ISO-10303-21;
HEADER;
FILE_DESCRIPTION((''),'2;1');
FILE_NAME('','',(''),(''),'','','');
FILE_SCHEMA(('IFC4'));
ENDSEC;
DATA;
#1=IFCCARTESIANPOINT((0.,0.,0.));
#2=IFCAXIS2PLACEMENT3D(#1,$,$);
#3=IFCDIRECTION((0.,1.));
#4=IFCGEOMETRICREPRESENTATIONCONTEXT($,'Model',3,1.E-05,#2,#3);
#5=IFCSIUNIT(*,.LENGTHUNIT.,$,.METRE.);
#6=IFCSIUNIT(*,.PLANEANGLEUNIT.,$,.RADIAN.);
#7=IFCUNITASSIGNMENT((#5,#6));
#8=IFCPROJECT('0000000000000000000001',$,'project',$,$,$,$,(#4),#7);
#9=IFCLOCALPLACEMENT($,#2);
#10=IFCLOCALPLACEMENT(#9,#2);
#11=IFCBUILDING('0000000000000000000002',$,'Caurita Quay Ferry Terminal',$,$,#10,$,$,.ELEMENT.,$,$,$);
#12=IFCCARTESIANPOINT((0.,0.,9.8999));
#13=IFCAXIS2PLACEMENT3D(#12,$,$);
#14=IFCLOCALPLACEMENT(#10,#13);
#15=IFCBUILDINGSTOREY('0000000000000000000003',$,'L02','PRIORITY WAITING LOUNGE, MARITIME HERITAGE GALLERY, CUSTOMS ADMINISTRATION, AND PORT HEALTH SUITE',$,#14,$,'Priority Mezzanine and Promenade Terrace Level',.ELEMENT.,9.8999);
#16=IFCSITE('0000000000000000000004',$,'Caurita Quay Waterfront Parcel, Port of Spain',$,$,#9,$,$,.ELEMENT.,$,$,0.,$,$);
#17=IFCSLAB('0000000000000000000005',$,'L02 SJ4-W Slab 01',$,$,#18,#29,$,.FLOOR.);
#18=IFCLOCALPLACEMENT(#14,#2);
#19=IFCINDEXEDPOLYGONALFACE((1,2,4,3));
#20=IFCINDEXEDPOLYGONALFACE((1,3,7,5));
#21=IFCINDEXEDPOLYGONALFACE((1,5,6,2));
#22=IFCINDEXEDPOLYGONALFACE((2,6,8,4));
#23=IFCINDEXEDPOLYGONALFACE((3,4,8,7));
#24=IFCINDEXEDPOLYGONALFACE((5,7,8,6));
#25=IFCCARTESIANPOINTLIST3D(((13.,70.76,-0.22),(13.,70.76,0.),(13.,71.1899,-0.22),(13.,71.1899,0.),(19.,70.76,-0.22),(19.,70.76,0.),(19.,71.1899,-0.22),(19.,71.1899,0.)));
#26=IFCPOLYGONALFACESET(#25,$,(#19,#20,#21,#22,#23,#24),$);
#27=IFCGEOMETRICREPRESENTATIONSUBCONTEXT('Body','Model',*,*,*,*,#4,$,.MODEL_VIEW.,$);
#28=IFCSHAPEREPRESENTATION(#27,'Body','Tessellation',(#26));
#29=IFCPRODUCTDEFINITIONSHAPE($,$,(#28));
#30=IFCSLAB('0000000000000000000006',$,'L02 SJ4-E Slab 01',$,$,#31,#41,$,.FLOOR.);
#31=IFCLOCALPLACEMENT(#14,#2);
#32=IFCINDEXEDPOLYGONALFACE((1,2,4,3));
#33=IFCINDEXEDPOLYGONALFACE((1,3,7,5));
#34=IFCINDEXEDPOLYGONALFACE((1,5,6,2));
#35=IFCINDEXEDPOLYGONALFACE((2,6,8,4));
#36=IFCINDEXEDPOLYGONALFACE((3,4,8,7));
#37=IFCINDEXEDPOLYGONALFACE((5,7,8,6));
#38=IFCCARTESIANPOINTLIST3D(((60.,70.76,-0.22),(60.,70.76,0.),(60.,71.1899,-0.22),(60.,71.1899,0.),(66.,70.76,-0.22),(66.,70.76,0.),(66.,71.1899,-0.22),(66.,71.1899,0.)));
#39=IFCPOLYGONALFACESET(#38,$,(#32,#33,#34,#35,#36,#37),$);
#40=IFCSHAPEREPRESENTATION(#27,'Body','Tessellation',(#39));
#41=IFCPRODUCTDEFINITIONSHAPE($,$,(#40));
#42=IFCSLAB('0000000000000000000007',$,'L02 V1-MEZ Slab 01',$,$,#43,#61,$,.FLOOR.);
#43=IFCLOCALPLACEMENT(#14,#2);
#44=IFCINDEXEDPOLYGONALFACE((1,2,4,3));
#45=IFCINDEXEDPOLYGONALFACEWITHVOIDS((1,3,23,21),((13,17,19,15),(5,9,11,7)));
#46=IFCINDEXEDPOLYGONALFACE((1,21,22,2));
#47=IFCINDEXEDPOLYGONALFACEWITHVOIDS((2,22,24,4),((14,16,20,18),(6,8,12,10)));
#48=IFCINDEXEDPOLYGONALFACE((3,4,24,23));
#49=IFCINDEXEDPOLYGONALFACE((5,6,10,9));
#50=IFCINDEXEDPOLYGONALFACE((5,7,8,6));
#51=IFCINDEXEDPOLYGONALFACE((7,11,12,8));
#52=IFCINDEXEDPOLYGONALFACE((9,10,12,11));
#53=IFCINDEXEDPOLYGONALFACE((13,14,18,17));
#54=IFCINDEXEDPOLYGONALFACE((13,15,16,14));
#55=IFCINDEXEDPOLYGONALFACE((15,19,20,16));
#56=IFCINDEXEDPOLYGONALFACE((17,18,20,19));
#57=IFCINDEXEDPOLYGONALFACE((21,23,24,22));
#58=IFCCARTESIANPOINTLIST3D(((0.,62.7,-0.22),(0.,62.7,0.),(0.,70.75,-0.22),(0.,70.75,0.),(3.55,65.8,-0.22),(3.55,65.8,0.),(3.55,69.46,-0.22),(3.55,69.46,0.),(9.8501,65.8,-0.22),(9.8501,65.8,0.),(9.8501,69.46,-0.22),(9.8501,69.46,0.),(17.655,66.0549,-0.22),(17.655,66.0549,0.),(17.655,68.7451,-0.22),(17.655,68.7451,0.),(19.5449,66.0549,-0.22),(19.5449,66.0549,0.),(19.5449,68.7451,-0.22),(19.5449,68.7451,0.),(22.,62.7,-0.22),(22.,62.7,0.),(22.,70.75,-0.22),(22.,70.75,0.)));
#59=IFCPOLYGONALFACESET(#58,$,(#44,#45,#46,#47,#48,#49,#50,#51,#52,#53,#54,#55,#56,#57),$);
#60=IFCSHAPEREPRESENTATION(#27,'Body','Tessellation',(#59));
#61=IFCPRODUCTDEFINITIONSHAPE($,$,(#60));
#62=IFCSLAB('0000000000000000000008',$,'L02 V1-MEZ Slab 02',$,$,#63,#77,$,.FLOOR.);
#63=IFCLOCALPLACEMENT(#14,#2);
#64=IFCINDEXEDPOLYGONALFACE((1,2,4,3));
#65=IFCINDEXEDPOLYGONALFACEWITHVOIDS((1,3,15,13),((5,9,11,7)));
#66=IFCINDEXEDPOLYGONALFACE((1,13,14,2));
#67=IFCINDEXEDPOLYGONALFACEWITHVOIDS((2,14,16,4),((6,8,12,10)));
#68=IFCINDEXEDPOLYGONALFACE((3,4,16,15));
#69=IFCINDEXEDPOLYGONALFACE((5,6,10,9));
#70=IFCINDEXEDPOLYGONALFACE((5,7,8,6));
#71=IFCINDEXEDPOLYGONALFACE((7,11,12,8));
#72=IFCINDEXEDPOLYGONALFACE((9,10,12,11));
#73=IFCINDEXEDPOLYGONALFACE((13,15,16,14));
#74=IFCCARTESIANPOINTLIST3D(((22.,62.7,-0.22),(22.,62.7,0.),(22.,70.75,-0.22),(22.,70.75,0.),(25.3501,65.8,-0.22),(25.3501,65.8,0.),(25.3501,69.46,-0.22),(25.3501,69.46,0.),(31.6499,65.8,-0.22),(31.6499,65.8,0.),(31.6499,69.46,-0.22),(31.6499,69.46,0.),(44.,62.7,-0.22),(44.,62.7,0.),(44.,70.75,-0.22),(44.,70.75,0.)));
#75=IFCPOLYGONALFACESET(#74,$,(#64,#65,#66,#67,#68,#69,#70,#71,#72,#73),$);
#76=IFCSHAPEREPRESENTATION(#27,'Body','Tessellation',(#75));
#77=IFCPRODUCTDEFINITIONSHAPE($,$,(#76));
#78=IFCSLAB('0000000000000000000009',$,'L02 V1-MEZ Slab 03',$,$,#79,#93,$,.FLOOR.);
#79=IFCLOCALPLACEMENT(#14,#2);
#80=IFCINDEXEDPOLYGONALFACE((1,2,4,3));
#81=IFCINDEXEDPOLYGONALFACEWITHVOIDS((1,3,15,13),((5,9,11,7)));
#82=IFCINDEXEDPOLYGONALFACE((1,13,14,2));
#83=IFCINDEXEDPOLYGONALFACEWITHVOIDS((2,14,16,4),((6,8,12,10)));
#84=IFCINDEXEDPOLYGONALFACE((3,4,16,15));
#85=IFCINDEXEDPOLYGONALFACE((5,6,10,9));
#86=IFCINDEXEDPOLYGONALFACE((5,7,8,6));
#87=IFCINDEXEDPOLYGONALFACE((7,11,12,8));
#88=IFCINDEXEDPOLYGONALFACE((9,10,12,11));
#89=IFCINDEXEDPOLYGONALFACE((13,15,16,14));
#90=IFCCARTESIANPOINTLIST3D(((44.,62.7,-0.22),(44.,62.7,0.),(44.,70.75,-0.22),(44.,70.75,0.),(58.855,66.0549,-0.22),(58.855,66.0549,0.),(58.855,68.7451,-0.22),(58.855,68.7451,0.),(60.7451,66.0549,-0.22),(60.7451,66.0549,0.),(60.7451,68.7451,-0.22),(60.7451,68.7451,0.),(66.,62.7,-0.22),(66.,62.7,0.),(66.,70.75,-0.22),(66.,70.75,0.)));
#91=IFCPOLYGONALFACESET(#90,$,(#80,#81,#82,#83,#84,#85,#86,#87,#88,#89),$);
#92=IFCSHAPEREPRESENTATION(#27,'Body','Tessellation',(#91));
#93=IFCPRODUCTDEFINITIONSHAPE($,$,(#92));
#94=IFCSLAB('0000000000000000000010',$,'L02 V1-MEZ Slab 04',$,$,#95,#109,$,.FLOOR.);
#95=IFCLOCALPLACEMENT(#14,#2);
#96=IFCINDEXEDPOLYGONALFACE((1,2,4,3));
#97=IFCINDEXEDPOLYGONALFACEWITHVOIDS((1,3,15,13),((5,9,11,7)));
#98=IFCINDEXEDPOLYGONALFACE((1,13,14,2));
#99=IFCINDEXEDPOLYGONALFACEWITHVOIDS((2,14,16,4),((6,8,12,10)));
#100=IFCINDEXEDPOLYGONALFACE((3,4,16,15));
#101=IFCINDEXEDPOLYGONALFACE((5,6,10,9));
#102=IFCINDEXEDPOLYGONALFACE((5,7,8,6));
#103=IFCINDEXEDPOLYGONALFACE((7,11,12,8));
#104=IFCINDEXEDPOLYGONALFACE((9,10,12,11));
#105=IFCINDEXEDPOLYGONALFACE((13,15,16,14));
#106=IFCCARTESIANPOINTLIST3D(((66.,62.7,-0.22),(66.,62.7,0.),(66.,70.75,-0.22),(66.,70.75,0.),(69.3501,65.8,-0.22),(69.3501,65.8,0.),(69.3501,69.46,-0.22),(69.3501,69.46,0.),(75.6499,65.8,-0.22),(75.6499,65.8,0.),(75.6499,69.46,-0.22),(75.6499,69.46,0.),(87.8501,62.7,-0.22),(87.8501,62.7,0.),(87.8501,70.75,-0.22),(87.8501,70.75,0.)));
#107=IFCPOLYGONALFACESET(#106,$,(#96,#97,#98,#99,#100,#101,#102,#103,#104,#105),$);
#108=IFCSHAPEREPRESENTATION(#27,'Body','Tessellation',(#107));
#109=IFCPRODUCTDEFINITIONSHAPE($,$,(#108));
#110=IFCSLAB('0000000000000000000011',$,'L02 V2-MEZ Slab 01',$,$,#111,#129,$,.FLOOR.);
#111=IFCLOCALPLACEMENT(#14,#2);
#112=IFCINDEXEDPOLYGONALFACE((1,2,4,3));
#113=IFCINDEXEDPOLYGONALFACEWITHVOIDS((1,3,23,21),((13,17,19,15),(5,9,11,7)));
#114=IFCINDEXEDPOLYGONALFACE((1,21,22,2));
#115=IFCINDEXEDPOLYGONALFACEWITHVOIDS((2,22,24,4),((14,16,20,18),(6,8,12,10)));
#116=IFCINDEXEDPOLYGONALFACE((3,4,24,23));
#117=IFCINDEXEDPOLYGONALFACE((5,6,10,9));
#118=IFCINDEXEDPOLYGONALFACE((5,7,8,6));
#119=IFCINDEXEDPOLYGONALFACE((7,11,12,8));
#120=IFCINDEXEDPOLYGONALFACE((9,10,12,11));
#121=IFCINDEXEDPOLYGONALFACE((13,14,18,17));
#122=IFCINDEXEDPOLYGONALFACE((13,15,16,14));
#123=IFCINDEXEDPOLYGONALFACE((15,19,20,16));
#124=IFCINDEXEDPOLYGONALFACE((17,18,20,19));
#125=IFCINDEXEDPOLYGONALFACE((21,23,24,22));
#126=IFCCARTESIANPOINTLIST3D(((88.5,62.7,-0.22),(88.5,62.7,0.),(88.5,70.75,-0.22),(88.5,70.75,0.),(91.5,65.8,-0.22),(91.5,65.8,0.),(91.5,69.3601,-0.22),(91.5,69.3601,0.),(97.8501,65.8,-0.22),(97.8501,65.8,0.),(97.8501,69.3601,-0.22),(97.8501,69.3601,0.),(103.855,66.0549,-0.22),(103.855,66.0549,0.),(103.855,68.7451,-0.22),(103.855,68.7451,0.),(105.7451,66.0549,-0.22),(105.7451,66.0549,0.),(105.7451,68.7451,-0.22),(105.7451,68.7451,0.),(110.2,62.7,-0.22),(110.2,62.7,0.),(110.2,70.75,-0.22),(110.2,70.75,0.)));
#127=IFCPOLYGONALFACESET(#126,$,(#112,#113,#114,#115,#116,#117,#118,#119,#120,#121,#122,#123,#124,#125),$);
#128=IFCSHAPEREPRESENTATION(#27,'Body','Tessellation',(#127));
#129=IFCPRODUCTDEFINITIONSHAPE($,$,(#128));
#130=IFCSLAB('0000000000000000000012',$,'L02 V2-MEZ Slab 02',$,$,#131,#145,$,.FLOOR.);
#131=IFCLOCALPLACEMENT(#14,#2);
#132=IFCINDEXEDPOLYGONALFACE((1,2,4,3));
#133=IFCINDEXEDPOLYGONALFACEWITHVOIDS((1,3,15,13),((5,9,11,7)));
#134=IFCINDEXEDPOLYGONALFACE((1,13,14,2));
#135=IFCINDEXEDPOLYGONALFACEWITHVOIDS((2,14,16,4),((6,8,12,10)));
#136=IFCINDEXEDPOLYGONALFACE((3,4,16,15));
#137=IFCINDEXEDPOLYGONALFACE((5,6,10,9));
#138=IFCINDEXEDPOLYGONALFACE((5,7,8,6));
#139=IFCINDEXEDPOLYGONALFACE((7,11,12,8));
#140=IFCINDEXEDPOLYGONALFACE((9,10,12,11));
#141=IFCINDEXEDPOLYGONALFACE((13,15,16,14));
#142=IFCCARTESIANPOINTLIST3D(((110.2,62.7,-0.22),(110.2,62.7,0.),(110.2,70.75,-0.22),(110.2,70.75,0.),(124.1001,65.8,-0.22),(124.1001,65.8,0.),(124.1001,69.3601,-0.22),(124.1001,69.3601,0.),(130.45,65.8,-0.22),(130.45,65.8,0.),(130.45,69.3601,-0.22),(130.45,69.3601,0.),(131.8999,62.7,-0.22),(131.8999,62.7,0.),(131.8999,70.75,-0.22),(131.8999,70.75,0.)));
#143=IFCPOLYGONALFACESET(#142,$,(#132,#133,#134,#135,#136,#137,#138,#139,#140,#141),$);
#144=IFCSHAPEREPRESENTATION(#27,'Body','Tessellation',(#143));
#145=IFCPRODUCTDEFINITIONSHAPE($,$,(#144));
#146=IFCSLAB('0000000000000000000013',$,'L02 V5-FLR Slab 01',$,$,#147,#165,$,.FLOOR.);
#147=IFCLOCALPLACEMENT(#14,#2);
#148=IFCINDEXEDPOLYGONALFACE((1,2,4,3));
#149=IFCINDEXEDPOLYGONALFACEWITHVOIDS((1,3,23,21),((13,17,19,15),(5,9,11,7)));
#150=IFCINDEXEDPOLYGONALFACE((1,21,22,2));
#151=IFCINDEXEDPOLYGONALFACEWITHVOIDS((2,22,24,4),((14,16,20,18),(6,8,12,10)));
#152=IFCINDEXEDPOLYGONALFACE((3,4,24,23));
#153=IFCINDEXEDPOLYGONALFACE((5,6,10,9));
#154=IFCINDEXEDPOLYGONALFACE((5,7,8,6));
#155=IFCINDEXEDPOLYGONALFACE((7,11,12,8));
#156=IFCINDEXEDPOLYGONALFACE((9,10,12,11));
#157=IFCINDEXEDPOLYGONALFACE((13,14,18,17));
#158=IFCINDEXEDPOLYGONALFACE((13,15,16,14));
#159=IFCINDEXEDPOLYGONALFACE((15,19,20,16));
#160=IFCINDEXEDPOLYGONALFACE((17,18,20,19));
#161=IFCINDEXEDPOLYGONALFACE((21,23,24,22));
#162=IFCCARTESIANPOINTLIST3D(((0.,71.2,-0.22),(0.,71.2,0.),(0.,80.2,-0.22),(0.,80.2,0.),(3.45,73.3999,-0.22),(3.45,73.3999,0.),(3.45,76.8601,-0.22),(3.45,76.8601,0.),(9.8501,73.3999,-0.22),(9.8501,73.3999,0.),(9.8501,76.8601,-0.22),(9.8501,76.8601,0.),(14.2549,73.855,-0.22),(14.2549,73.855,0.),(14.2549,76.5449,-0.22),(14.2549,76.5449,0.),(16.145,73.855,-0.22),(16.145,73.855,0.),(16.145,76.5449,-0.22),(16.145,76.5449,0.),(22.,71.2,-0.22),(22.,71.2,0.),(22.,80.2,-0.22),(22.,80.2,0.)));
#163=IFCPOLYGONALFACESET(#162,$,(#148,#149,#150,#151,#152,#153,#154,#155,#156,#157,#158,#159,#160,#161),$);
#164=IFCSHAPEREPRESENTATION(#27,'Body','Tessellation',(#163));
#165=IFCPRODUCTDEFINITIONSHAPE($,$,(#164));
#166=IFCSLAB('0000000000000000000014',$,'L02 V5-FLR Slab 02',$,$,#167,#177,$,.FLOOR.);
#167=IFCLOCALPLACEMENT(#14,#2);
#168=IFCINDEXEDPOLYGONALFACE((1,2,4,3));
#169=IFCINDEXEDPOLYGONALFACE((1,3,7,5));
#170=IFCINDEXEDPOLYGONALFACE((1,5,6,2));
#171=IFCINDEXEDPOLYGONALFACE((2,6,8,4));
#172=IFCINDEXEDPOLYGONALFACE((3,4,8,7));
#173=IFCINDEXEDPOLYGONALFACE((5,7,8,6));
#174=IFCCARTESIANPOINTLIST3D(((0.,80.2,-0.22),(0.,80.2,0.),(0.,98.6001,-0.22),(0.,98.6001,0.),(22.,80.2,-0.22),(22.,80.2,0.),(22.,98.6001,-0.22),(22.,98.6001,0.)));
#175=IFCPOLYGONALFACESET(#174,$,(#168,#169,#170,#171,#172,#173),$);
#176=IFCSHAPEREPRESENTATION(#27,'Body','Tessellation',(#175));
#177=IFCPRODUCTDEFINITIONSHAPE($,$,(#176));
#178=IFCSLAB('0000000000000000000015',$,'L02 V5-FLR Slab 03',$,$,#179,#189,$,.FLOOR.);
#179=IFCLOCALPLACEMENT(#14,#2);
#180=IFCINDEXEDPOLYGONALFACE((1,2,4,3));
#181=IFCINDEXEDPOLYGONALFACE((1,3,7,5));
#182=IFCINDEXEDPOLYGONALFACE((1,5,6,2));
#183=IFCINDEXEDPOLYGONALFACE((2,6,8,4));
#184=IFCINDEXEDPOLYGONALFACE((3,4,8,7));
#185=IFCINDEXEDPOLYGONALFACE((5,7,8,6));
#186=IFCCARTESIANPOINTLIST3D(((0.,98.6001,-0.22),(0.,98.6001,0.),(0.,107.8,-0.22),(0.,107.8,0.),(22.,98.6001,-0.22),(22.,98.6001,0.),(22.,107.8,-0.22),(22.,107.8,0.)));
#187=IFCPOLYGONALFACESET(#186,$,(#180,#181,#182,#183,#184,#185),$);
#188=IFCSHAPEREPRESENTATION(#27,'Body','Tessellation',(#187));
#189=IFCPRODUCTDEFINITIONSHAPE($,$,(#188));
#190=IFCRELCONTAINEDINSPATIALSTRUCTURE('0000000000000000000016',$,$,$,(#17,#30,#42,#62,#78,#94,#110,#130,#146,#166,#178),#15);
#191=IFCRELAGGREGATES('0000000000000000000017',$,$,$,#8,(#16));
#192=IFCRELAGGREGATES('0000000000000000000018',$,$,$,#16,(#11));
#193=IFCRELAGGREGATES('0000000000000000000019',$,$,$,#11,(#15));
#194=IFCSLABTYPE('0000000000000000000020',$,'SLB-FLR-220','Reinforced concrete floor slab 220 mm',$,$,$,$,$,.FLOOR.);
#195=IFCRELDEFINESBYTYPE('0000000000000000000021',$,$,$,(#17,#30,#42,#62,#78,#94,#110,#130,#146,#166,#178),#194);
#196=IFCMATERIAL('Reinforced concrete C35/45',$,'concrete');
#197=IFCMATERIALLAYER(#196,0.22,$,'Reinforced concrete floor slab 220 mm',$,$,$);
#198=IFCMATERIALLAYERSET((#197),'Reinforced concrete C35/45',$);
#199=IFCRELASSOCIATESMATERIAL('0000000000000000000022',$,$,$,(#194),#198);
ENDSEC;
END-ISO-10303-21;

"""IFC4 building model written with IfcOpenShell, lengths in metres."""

from ifc_helpers import new_model, si_unit, direction, frame, origin, place, context, subcontext, project, spatial, polyline, outline, extrude, material, layer, layer_set, type_object, element, save


model = new_model("IFC4")

# Units and contexts
model_context = context("Model", 3, precision=1e-05, world=origin(), true_north=direction((0.0, 1.0)))
body_context = subcontext(model_context, "Body", "Model", "MODEL_VIEW")
ifc_project = project(units=[si_unit("LENGTHUNIT", "METRE"), si_unit("PLANEANGLEUNIT", "RADIAN")], contexts=[model_context])

# Site, building, storey
site_placement = place(None, origin())
site = spatial("IfcSite", under=ifc_project, at=site_placement, Name="Caurita Quay Waterfront Parcel, Port of Spain", CompositionType="ELEMENT", RefElevation=0.0)
building_placement = place(site_placement, origin())
building = spatial("IfcBuilding", under=site, at=building_placement, Name="Caurita Quay Ferry Terminal", CompositionType="ELEMENT")
storey_placement = place(building_placement, frame((0.0, 0.0, 9.8999)))
storey = spatial("IfcBuildingStorey", under=building, at=storey_placement, Name="L02", Description="PRIORITY WAITING LOUNGE, MARITIME HERITAGE GALLERY, CUSTOMS ADMINISTRATION, AND PORT HEALTH SUITE", LongName="Priority Mezzanine and Promenade Terrace Level", CompositionType="ELEMENT", Elevation=9.8999)

# Slabs
ifc_material = material(Name="Reinforced concrete C35/45", Category="concrete")
ifc_layer = layer(ifc_material, 0.22, Name="Reinforced concrete floor slab 220 mm")
ifc_layer_set = layer_set([ifc_layer], Name="Reinforced concrete C35/45")
slab_type = type_object("IfcSlabType", Name="SLB-FLR-220", Description="Reinforced concrete floor slab 220 mm", PredefinedType="FLOOR", material=ifc_layer_set)
slab_1_placement = place(storey_placement, frame((0.0, 0.0, -0.22)))
element("IfcSlab", 1, at=slab_1_placement, inside=storey, type_object=slab_type, Name="L02 SJ4-W Slab 01", PredefinedType="FLOOR", context=body_context, shape_type="SweptSolid", body=[
    extrude(outline(polyline([(13.0, 70.76), (19.0, 70.76), (19.0, 71.1899), (13.0, 71.1899), (13.0, 70.76)])), origin(), (0.0, 0.0, 1.0), 0.22),
])
slab_2_placement = place(storey_placement, frame((0.0, 0.0, -0.22)))
element("IfcSlab", 2, at=slab_2_placement, inside=storey, type_object=slab_type, Name="L02 SJ4-E Slab 01", PredefinedType="FLOOR", context=body_context, shape_type="SweptSolid", body=[
    extrude(outline(polyline([(60.0, 70.76), (66.0, 70.76), (66.0, 71.1899), (60.0, 71.1899), (60.0, 70.76)])), origin(), (0.0, 0.0, 1.0), 0.22),
])
slab_3_placement = place(storey_placement, frame((0.0, 0.0, -0.22)))
element("IfcSlab", 3, at=slab_3_placement, inside=storey, type_object=slab_type, Name="L02 V1-MEZ Slab 01", PredefinedType="FLOOR", context=body_context, shape_type="SweptSolid", body=[
    extrude(outline(polyline([(0.0, 62.7), (22.0, 62.7), (22.0, 70.75), (0.0, 70.75), (0.0, 62.7)]), holes=[polyline([(3.55, 65.8), (9.8501, 65.8), (9.8501, 69.46), (3.55, 69.46), (3.55, 65.8)]), polyline([(17.655, 66.0549), (19.5449, 66.0549), (19.5449, 68.7451), (17.655, 68.7451), (17.655, 66.0549)])]), origin(), (0.0, 0.0, 1.0), 0.22),
])
slab_4_placement = place(storey_placement, frame((0.0, 0.0, -0.22)))
element("IfcSlab", 4, at=slab_4_placement, inside=storey, type_object=slab_type, Name="L02 V1-MEZ Slab 02", PredefinedType="FLOOR", context=body_context, shape_type="SweptSolid", body=[
    extrude(outline(polyline([(22.0, 62.7), (44.0, 62.7), (44.0, 70.75), (22.0, 70.75), (22.0, 62.7)]), holes=[polyline([(25.3501, 65.8), (31.6499, 65.8), (31.6499, 69.46), (25.3501, 69.46), (25.3501, 65.8)])]), origin(), (0.0, 0.0, 1.0), 0.22),
])
slab_5_placement = place(storey_placement, frame((0.0, 0.0, -0.22)))
element("IfcSlab", 5, at=slab_5_placement, inside=storey, type_object=slab_type, Name="L02 V1-MEZ Slab 03", PredefinedType="FLOOR", context=body_context, shape_type="SweptSolid", body=[
    extrude(outline(polyline([(44.0, 62.7), (66.0, 62.7), (66.0, 70.75), (44.0, 70.75), (44.0, 62.7)]), holes=[polyline([(58.855, 66.0549), (60.7451, 66.0549), (60.7451, 68.7451), (58.855, 68.7451), (58.855, 66.0549)])]), origin(), (0.0, 0.0, 1.0), 0.22),
])
slab_6_placement = place(storey_placement, frame((0.0, 0.0, -0.22)))
element("IfcSlab", 6, at=slab_6_placement, inside=storey, type_object=slab_type, Name="L02 V1-MEZ Slab 04", PredefinedType="FLOOR", context=body_context, shape_type="SweptSolid", body=[
    extrude(outline(polyline([(66.0, 62.7), (87.8501, 62.7), (87.8501, 70.75), (66.0, 70.75), (66.0, 62.7)]), holes=[polyline([(69.3501, 65.8), (75.6499, 65.8), (75.6499, 69.46), (69.3501, 69.46), (69.3501, 65.8)])]), origin(), (0.0, 0.0, 1.0), 0.22),
])
slab_7_placement = place(storey_placement, frame((0.0, 0.0, -0.22)))
element("IfcSlab", 7, at=slab_7_placement, inside=storey, type_object=slab_type, Name="L02 V2-MEZ Slab 01", PredefinedType="FLOOR", context=body_context, shape_type="SweptSolid", body=[
    extrude(outline(polyline([(88.5, 62.7), (110.2, 62.7), (110.2, 70.75), (88.5, 70.75), (88.5, 62.7)]), holes=[polyline([(91.5, 65.8), (97.8501, 65.8), (97.8501, 69.3601), (91.5, 69.3601), (91.5, 65.8)]), polyline([(103.855, 66.0549), (105.7451, 66.0549), (105.7451, 68.7451), (103.855, 68.7451), (103.855, 66.0549)])]), origin(), (0.0, 0.0, 1.0), 0.22),
])
slab_8_placement = place(storey_placement, frame((0.0, 0.0, -0.22)))
element("IfcSlab", 8, at=slab_8_placement, inside=storey, type_object=slab_type, Name="L02 V2-MEZ Slab 02", PredefinedType="FLOOR", context=body_context, shape_type="SweptSolid", body=[
    extrude(outline(polyline([(110.2, 62.7), (131.8999, 62.7), (131.8999, 70.75), (110.2, 70.75), (110.2, 62.7)]), holes=[polyline([(124.1001, 65.8), (130.45, 65.8), (130.45, 69.3601), (124.1001, 69.3601), (124.1001, 65.8)])]), origin(), (0.0, 0.0, 1.0), 0.22),
])
slab_9_placement = place(storey_placement, frame((0.0, 0.0, -0.22)))
element("IfcSlab", 9, at=slab_9_placement, inside=storey, type_object=slab_type, Name="L02 V5-FLR Slab 01", PredefinedType="FLOOR", context=body_context, shape_type="SweptSolid", body=[
    extrude(outline(polyline([(0.0, 71.2), (22.0, 71.2), (22.0, 80.2), (0.0, 80.2), (0.0, 71.2)]), holes=[polyline([(3.45, 73.3999), (9.8501, 73.3999), (9.8501, 76.8601), (3.45, 76.8601), (3.45, 73.3999)]), polyline([(14.2549, 73.855), (16.145, 73.855), (16.145, 76.5449), (14.2549, 76.5449), (14.2549, 73.855)])]), origin(), (0.0, 0.0, 1.0), 0.22),
])
slab_10_placement = place(storey_placement, frame((0.0, 0.0, -0.22)))
element("IfcSlab", 10, at=slab_10_placement, inside=storey, type_object=slab_type, Name="L02 V5-FLR Slab 02", PredefinedType="FLOOR", context=body_context, shape_type="SweptSolid", body=[
    extrude(outline(polyline([(0.0, 80.2), (22.0, 80.2), (22.0, 98.6001), (0.0, 98.6001), (0.0, 80.2)])), origin(), (0.0, 0.0, 1.0), 0.22),
])
slab_11_placement = place(storey_placement, frame((0.0, 0.0, -0.22)))
element("IfcSlab", 11, at=slab_11_placement, inside=storey, type_object=slab_type, Name="L02 V5-FLR Slab 03", PredefinedType="FLOOR", context=body_context, shape_type="SweptSolid", body=[
    extrude(outline(polyline([(0.0, 98.6001), (22.0, 98.6001), (22.0, 107.8), (0.0, 107.8), (0.0, 98.6001)])), origin(), (0.0, 0.0, 1.0), 0.22),
])

save(model, "model.ifc")
